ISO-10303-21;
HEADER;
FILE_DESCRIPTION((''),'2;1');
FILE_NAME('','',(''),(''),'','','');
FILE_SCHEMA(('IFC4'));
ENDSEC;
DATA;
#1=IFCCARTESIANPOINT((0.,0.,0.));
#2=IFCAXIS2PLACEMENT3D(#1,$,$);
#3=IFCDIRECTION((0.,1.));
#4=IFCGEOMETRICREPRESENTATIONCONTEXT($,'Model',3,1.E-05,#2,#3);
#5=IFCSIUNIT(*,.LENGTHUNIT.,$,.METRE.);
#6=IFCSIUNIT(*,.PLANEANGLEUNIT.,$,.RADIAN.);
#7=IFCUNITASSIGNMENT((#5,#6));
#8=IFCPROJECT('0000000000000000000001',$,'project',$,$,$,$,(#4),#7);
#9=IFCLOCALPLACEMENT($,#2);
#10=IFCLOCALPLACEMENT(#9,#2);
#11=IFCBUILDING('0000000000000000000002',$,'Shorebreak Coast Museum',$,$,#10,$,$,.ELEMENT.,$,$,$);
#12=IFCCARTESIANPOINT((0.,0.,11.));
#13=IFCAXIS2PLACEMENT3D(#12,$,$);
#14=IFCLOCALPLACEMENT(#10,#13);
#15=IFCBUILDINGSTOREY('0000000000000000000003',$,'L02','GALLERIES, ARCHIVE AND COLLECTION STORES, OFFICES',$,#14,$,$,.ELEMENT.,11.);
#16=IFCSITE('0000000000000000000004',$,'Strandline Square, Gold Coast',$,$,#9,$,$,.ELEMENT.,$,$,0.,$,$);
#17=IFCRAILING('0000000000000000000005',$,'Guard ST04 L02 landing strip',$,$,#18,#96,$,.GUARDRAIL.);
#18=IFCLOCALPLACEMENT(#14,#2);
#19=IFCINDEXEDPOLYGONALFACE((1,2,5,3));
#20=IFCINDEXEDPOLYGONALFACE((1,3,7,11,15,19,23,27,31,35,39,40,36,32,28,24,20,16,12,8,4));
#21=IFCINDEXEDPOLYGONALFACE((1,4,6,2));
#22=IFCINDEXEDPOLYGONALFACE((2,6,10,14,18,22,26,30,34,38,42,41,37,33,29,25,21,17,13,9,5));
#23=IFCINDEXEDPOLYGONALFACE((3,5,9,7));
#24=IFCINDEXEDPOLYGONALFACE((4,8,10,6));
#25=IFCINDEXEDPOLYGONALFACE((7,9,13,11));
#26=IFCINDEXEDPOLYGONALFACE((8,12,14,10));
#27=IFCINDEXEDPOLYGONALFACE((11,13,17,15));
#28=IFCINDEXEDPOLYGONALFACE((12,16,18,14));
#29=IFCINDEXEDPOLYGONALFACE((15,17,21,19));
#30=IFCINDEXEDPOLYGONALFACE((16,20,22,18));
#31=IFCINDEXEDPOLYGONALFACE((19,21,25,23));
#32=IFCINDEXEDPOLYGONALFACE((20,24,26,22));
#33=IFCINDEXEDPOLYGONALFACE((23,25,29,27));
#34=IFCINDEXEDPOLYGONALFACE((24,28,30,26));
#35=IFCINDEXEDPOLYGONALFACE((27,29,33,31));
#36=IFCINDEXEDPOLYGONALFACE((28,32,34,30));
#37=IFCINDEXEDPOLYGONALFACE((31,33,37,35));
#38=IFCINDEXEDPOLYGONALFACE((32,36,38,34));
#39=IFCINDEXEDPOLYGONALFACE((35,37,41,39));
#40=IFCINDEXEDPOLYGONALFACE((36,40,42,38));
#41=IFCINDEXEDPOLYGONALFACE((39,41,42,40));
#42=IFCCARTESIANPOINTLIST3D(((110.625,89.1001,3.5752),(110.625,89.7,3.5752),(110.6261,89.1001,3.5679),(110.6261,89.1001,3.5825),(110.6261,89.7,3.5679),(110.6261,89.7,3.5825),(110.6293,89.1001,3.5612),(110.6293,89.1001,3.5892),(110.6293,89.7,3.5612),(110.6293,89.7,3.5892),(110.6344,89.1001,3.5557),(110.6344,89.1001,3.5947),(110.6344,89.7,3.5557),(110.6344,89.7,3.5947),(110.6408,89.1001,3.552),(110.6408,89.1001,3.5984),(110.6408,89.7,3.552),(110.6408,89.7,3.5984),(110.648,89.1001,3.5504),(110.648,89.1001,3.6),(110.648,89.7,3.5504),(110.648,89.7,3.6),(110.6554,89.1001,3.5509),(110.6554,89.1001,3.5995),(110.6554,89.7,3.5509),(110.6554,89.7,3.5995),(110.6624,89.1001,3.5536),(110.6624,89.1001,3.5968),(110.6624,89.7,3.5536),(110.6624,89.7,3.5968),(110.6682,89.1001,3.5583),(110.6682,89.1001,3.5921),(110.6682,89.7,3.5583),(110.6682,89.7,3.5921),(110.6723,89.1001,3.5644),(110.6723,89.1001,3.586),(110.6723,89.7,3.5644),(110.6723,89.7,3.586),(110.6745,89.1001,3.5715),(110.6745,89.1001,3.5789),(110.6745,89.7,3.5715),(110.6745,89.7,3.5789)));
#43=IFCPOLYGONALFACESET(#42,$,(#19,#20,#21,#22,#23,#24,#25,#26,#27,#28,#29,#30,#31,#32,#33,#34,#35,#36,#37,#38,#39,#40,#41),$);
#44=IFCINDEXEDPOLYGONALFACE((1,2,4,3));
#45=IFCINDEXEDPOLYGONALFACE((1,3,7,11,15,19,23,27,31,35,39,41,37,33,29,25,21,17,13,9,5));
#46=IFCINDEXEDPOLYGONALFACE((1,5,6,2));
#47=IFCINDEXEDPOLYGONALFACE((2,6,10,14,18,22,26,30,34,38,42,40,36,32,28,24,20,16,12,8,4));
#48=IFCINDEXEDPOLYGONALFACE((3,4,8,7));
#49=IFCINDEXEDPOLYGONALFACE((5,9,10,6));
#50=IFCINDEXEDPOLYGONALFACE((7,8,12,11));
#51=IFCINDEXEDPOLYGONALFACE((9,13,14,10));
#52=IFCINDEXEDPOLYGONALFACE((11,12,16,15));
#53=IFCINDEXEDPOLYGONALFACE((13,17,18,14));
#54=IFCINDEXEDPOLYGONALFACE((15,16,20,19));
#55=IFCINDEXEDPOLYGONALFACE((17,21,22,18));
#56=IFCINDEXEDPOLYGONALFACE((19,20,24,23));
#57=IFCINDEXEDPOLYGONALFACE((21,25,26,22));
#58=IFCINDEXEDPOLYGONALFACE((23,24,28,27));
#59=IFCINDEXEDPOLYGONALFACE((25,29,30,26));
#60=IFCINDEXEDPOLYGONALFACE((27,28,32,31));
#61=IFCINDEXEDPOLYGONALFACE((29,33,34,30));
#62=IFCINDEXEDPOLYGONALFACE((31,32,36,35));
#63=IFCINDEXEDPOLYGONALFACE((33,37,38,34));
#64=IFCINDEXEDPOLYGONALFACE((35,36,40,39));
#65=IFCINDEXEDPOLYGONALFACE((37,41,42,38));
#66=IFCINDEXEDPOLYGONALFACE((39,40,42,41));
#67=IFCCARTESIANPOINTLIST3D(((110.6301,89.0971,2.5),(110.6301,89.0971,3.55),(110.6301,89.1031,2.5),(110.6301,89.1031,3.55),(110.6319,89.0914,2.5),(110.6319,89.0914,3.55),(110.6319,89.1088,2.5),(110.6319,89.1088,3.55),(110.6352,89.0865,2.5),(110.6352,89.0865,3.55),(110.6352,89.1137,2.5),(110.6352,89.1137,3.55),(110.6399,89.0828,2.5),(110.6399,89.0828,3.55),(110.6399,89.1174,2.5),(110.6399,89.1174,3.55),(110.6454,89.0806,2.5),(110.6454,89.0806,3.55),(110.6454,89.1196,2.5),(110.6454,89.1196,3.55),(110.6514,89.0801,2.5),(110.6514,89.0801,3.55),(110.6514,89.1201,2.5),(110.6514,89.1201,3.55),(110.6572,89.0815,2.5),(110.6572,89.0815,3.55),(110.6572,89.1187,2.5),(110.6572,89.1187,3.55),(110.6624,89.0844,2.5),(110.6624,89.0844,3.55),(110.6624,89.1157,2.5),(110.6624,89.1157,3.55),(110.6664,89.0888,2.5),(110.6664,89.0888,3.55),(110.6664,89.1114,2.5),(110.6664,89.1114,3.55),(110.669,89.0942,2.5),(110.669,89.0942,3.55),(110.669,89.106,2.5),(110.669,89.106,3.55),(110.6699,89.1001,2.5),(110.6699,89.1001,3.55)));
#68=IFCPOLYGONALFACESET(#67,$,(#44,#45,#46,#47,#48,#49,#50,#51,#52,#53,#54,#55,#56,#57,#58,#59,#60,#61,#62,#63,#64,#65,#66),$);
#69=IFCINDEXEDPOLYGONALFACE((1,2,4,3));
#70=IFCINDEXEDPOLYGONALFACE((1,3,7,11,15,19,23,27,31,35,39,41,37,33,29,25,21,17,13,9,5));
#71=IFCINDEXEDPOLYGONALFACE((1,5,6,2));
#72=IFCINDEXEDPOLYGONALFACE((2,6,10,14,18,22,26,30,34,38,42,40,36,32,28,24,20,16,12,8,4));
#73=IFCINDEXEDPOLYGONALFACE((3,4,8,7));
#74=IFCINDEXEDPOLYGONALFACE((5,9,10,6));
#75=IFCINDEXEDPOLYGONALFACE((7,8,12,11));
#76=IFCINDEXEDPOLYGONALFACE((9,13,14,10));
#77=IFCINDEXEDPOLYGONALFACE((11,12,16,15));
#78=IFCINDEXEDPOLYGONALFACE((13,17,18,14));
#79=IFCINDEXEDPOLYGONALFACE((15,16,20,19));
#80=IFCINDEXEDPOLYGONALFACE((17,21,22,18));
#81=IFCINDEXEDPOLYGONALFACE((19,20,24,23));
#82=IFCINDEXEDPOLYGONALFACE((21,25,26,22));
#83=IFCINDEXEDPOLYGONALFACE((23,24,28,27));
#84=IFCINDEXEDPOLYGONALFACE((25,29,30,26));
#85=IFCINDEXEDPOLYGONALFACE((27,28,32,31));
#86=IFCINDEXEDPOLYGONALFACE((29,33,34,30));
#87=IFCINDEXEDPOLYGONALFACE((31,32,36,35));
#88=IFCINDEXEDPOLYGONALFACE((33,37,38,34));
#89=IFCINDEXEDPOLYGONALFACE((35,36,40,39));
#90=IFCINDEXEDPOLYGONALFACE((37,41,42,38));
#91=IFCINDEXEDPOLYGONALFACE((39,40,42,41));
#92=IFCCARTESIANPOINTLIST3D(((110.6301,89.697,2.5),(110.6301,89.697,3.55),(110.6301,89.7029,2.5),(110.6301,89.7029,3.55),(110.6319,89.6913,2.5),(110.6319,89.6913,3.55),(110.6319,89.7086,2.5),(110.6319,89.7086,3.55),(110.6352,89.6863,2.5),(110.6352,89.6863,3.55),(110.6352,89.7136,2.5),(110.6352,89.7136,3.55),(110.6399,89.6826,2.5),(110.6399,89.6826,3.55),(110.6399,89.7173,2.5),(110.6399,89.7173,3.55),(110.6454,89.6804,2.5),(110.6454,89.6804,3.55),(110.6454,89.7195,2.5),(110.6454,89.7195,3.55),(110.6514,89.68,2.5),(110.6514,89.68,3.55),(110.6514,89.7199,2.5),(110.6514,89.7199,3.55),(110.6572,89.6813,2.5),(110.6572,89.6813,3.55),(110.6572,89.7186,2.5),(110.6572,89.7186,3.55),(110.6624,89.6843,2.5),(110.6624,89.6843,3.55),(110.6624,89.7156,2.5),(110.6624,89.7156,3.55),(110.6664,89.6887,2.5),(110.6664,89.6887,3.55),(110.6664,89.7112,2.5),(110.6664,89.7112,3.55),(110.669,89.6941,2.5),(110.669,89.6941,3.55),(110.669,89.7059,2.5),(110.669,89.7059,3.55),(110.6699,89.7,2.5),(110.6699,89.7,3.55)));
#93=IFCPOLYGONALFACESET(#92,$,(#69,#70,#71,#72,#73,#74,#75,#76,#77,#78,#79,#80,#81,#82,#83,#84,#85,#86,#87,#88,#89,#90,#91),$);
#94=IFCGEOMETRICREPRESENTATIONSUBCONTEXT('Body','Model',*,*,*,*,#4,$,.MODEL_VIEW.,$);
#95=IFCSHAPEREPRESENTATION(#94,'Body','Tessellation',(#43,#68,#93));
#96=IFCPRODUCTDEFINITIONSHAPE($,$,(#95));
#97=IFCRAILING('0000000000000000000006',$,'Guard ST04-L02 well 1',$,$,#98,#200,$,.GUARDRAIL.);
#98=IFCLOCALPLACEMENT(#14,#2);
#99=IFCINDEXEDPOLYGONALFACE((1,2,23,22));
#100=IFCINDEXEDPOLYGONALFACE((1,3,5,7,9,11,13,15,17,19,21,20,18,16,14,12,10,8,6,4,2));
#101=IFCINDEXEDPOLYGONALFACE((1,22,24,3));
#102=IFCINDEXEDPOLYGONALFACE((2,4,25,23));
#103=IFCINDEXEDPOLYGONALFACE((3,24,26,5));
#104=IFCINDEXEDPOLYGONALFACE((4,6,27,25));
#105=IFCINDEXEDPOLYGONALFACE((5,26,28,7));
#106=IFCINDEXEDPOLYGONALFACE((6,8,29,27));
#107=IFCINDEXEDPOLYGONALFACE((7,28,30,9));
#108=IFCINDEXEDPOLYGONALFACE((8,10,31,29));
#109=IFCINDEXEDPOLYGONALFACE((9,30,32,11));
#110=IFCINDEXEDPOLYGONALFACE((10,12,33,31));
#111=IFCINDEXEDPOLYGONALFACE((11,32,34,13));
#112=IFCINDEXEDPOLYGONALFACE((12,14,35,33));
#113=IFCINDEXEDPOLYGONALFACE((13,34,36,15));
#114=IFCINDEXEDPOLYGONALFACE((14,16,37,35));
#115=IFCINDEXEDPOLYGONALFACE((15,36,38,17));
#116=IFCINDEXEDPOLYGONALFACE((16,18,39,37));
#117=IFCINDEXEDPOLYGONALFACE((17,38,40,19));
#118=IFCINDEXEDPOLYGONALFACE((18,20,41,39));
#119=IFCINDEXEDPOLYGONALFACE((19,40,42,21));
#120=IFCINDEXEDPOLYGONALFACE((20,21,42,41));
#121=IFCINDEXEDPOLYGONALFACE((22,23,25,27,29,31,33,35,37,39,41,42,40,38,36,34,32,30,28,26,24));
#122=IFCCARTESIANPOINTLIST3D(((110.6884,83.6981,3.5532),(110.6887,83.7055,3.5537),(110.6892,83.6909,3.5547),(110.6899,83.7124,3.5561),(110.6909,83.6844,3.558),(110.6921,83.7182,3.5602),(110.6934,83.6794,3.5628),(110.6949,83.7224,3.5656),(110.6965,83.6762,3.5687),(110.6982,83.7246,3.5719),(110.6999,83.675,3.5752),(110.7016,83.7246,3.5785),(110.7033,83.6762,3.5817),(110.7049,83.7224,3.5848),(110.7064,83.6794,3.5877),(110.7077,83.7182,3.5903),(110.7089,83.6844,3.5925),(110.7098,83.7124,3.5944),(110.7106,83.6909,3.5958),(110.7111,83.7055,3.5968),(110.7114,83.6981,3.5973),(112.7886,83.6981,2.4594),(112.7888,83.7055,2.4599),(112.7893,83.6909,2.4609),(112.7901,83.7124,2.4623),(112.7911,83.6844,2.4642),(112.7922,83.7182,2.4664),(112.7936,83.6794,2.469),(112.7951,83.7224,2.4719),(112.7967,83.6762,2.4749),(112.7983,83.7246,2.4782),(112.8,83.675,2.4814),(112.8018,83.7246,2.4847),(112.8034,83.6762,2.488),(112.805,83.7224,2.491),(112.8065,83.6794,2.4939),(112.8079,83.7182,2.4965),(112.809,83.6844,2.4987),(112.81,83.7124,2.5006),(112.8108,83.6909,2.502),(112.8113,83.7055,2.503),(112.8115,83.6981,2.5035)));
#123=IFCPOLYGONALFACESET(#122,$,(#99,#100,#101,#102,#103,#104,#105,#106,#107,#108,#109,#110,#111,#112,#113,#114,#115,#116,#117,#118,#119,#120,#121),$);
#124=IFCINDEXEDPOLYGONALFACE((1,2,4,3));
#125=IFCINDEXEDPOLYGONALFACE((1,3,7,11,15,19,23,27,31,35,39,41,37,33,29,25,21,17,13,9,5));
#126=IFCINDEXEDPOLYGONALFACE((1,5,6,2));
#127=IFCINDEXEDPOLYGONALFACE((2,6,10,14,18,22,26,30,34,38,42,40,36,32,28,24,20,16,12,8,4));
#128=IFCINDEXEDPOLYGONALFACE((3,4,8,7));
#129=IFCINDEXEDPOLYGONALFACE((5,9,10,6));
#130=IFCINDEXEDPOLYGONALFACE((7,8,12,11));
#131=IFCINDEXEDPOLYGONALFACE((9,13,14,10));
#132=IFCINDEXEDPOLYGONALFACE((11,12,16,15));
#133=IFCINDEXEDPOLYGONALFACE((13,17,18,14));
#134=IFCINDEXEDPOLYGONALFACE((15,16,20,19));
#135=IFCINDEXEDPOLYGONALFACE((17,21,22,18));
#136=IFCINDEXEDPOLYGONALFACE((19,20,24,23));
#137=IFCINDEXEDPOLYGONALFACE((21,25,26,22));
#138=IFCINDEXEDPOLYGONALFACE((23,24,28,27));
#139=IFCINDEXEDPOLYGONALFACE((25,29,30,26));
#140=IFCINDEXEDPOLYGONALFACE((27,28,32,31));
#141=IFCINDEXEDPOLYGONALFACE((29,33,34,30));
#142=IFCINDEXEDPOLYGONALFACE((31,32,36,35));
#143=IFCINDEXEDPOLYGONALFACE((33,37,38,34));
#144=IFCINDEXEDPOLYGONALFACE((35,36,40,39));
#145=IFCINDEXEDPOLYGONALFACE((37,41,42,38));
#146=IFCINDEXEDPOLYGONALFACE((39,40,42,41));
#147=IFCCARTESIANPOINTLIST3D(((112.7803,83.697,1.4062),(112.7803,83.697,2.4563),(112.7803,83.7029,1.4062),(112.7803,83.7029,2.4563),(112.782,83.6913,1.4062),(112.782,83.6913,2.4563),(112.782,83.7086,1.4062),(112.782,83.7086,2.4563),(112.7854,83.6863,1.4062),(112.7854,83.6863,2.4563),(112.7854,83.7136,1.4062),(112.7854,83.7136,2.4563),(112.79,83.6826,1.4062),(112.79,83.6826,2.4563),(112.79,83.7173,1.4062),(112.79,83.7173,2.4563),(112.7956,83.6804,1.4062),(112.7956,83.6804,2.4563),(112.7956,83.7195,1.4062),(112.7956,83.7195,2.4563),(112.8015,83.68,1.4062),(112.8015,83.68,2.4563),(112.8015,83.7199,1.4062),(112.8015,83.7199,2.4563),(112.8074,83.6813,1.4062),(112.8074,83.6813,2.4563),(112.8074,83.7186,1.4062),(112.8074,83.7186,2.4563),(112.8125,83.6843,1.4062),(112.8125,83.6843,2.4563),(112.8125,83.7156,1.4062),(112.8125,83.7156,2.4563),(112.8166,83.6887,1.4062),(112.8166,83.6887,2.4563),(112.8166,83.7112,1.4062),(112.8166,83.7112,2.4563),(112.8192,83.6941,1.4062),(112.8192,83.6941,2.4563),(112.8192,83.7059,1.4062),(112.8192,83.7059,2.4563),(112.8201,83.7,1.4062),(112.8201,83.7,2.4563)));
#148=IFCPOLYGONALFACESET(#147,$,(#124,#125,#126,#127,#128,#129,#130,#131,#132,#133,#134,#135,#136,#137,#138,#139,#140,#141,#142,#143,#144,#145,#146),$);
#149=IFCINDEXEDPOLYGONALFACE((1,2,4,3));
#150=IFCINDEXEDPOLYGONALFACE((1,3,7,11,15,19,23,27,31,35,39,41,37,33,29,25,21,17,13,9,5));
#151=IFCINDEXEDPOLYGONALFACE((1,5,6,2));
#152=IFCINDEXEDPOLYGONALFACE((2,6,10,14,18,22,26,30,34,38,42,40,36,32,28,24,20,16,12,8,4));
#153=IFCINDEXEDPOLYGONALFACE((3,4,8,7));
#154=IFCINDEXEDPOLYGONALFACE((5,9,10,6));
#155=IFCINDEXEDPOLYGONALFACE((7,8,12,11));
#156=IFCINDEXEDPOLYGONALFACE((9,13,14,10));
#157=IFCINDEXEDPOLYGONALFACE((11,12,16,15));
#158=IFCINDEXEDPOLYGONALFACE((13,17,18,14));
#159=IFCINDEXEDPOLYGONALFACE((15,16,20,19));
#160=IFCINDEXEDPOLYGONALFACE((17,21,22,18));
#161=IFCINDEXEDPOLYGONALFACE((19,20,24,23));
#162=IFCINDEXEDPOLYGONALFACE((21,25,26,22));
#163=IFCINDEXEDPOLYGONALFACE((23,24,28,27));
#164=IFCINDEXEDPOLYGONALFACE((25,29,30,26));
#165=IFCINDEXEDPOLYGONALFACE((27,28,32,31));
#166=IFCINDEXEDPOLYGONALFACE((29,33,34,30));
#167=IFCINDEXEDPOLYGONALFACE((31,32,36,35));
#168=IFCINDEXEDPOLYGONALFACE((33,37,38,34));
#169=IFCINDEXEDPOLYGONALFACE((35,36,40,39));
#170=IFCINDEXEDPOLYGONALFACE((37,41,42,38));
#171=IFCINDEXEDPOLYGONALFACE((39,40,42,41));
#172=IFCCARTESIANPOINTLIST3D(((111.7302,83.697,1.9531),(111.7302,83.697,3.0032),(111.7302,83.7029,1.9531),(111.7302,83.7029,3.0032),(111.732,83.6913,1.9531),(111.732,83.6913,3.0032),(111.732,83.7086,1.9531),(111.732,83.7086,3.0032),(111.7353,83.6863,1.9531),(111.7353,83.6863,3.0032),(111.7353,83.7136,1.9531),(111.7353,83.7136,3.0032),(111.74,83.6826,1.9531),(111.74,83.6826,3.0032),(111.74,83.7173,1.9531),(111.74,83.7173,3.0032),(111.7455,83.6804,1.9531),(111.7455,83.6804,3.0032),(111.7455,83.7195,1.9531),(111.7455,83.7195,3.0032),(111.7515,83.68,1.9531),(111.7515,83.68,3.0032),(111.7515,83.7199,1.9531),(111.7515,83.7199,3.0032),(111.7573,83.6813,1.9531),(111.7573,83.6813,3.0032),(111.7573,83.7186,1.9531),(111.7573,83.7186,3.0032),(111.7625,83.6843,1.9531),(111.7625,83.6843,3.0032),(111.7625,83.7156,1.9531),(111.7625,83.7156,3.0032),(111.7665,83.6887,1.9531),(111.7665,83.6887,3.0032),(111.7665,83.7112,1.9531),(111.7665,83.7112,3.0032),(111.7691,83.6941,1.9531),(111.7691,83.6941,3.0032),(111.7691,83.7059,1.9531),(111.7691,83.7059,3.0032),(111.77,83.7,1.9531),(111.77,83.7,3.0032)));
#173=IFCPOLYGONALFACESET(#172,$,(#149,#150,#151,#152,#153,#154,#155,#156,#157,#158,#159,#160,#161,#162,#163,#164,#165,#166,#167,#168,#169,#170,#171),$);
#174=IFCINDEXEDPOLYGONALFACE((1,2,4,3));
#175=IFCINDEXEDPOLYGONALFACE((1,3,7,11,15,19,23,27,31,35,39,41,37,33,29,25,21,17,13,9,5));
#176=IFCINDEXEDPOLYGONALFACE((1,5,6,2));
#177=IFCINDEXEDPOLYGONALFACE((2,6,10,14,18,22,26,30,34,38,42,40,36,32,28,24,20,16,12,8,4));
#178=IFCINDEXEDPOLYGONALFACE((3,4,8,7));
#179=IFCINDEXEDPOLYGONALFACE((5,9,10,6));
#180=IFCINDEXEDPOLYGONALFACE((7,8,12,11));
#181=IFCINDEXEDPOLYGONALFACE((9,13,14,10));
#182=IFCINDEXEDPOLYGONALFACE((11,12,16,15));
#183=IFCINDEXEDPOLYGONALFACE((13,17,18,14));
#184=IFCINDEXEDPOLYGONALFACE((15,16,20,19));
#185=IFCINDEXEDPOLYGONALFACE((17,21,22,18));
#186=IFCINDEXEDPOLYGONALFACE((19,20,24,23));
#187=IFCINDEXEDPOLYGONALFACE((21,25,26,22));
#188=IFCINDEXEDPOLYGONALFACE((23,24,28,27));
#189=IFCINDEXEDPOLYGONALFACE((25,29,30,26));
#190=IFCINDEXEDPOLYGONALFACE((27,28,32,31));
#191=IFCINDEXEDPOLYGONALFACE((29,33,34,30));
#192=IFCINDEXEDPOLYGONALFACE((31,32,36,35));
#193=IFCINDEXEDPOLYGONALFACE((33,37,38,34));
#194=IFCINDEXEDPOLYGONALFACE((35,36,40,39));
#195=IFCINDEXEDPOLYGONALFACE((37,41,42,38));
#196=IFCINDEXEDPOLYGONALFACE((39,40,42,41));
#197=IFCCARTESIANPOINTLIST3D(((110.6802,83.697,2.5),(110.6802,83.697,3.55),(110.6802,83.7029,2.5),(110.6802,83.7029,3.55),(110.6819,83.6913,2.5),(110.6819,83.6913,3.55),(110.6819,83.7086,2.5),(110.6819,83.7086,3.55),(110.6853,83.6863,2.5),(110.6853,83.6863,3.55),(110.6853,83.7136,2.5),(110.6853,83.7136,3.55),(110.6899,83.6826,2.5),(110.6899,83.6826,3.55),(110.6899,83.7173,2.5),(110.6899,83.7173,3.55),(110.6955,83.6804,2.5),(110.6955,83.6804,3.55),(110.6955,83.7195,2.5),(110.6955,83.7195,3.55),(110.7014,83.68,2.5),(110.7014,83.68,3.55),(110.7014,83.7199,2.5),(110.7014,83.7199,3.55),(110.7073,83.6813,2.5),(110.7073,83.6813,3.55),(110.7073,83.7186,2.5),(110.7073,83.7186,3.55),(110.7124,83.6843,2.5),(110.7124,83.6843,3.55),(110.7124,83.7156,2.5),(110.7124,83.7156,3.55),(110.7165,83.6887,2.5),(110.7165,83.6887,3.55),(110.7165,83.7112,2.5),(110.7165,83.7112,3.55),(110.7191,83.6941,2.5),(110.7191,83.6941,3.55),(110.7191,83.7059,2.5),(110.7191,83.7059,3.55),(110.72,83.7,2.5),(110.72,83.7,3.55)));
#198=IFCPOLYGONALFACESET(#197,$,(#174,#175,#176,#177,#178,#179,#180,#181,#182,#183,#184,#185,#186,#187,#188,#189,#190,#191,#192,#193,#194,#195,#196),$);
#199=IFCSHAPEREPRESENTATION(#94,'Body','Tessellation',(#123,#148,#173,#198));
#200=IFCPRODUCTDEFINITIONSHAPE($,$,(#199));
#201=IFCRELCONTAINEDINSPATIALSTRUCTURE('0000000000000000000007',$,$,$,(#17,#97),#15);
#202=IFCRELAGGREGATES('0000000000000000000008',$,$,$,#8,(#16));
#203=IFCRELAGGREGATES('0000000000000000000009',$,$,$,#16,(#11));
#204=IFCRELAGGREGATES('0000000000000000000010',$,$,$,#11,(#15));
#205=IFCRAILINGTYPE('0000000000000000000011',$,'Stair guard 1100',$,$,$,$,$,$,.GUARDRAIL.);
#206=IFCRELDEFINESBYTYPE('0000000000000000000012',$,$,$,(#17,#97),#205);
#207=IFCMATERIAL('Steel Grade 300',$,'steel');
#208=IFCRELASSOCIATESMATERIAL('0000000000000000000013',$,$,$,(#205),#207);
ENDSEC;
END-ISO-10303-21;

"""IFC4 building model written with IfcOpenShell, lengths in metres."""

from ifc_helpers import new_model, si_unit, direction, frame, origin, origin_2d, place, context, subcontext, project, spatial, circle, extrude, material, type_object, element, save


model = new_model("IFC4")

# Units and contexts
model_context = context("Model", 3, precision=1e-05, world=origin(), true_north=direction((0.0, 1.0)))
body_context = subcontext(model_context, "Body", "Model", "MODEL_VIEW")
ifc_project = project(units=[si_unit("LENGTHUNIT", "METRE"), si_unit("PLANEANGLEUNIT", "RADIAN")], contexts=[model_context])

# Site, building, storey
site_placement = place(None, origin())
site = spatial("IfcSite", under=ifc_project, at=site_placement, Name="Strandline Square, Gold Coast", CompositionType="ELEMENT", RefElevation=0.0)
building_placement = place(site_placement, origin())
building = spatial("IfcBuilding", under=site, at=building_placement, Name="Shorebreak Coast Museum", CompositionType="ELEMENT")
storey_placement = place(building_placement, frame((0.0, 0.0, 11.0)))
storey = spatial("IfcBuildingStorey", under=building, at=storey_placement, Name="L02", Description="GALLERIES, ARCHIVE AND COLLECTION STORES, OFFICES", CompositionType="ELEMENT", Elevation=11.0)

# Railings
ifc_material_1 = material(Name="Steel Grade 300", Category="steel")
railing_type_1 = type_object("IfcRailingType", Name="Stair guard 1100", PredefinedType="GUARDRAIL", material=ifc_material_1)
for number, where, name in (
    (1, (110.6499, 89.1001, 2.5), "Guard ST04 L02 landing strip"),
):
    element("IfcRailing", number, at=place(storey_placement, frame(where)), inside=storey, type_object=railing_type_1, Name=name, PredefinedType="GUARDRAIL", context=body_context, shape_type="SweptSolid", body=[
        extrude(circle(Radius=0.0249, at=origin_2d()), frame((0.0, 0.0, 1.0752), z_axis=(0.0, 1.0, 0.0), x_axis=(-1.0, 0.0, 0.0)), (0.0, 0.0, 1.0), 0.5999),
        extrude(circle(Radius=0.02, at=origin_2d()), origin(), (0.0, 0.0, 1.0), 1.05),
        extrude(circle(Radius=0.02, at=origin_2d()), frame((0.0, 0.5999, 0.0)), (0.0, 0.0, 1.0), 1.05),
    ])
railing_1_placement = place(storey_placement, frame((112.8, 83.7, 1.4062)))
element("IfcRailing", 2, at=railing_1_placement, inside=storey, type_object=railing_type_1, Name="Guard ST04-L02 well 1", PredefinedType="GUARDRAIL", context=body_context, shape_type="SweptSolid", body=[
    extrude(circle(Radius=0.0249, at=origin_2d()), frame((0.0, 0.0, 1.0752), z_axis=(-0.886923, 0.0, 0.461918), x_axis=(0.0, -1.0, 0.0)), (0.0, 0.0, 1.0), 2.3679),
    extrude(circle(Radius=0.02, at=origin_2d()), origin(), (0.0, 0.0, 1.0), 1.05),
    extrude(circle(Radius=0.02, at=origin_2d()), frame((-1.05, 0.0, 0.5469)), (0.0, 0.0, 1.0), 1.05),
    extrude(circle(Radius=0.02, at=origin_2d()), frame((-2.1001, 0.0, 1.0938)), (0.0, 0.0, 1.0), 1.05),
])

save(model, "model.ifc")
